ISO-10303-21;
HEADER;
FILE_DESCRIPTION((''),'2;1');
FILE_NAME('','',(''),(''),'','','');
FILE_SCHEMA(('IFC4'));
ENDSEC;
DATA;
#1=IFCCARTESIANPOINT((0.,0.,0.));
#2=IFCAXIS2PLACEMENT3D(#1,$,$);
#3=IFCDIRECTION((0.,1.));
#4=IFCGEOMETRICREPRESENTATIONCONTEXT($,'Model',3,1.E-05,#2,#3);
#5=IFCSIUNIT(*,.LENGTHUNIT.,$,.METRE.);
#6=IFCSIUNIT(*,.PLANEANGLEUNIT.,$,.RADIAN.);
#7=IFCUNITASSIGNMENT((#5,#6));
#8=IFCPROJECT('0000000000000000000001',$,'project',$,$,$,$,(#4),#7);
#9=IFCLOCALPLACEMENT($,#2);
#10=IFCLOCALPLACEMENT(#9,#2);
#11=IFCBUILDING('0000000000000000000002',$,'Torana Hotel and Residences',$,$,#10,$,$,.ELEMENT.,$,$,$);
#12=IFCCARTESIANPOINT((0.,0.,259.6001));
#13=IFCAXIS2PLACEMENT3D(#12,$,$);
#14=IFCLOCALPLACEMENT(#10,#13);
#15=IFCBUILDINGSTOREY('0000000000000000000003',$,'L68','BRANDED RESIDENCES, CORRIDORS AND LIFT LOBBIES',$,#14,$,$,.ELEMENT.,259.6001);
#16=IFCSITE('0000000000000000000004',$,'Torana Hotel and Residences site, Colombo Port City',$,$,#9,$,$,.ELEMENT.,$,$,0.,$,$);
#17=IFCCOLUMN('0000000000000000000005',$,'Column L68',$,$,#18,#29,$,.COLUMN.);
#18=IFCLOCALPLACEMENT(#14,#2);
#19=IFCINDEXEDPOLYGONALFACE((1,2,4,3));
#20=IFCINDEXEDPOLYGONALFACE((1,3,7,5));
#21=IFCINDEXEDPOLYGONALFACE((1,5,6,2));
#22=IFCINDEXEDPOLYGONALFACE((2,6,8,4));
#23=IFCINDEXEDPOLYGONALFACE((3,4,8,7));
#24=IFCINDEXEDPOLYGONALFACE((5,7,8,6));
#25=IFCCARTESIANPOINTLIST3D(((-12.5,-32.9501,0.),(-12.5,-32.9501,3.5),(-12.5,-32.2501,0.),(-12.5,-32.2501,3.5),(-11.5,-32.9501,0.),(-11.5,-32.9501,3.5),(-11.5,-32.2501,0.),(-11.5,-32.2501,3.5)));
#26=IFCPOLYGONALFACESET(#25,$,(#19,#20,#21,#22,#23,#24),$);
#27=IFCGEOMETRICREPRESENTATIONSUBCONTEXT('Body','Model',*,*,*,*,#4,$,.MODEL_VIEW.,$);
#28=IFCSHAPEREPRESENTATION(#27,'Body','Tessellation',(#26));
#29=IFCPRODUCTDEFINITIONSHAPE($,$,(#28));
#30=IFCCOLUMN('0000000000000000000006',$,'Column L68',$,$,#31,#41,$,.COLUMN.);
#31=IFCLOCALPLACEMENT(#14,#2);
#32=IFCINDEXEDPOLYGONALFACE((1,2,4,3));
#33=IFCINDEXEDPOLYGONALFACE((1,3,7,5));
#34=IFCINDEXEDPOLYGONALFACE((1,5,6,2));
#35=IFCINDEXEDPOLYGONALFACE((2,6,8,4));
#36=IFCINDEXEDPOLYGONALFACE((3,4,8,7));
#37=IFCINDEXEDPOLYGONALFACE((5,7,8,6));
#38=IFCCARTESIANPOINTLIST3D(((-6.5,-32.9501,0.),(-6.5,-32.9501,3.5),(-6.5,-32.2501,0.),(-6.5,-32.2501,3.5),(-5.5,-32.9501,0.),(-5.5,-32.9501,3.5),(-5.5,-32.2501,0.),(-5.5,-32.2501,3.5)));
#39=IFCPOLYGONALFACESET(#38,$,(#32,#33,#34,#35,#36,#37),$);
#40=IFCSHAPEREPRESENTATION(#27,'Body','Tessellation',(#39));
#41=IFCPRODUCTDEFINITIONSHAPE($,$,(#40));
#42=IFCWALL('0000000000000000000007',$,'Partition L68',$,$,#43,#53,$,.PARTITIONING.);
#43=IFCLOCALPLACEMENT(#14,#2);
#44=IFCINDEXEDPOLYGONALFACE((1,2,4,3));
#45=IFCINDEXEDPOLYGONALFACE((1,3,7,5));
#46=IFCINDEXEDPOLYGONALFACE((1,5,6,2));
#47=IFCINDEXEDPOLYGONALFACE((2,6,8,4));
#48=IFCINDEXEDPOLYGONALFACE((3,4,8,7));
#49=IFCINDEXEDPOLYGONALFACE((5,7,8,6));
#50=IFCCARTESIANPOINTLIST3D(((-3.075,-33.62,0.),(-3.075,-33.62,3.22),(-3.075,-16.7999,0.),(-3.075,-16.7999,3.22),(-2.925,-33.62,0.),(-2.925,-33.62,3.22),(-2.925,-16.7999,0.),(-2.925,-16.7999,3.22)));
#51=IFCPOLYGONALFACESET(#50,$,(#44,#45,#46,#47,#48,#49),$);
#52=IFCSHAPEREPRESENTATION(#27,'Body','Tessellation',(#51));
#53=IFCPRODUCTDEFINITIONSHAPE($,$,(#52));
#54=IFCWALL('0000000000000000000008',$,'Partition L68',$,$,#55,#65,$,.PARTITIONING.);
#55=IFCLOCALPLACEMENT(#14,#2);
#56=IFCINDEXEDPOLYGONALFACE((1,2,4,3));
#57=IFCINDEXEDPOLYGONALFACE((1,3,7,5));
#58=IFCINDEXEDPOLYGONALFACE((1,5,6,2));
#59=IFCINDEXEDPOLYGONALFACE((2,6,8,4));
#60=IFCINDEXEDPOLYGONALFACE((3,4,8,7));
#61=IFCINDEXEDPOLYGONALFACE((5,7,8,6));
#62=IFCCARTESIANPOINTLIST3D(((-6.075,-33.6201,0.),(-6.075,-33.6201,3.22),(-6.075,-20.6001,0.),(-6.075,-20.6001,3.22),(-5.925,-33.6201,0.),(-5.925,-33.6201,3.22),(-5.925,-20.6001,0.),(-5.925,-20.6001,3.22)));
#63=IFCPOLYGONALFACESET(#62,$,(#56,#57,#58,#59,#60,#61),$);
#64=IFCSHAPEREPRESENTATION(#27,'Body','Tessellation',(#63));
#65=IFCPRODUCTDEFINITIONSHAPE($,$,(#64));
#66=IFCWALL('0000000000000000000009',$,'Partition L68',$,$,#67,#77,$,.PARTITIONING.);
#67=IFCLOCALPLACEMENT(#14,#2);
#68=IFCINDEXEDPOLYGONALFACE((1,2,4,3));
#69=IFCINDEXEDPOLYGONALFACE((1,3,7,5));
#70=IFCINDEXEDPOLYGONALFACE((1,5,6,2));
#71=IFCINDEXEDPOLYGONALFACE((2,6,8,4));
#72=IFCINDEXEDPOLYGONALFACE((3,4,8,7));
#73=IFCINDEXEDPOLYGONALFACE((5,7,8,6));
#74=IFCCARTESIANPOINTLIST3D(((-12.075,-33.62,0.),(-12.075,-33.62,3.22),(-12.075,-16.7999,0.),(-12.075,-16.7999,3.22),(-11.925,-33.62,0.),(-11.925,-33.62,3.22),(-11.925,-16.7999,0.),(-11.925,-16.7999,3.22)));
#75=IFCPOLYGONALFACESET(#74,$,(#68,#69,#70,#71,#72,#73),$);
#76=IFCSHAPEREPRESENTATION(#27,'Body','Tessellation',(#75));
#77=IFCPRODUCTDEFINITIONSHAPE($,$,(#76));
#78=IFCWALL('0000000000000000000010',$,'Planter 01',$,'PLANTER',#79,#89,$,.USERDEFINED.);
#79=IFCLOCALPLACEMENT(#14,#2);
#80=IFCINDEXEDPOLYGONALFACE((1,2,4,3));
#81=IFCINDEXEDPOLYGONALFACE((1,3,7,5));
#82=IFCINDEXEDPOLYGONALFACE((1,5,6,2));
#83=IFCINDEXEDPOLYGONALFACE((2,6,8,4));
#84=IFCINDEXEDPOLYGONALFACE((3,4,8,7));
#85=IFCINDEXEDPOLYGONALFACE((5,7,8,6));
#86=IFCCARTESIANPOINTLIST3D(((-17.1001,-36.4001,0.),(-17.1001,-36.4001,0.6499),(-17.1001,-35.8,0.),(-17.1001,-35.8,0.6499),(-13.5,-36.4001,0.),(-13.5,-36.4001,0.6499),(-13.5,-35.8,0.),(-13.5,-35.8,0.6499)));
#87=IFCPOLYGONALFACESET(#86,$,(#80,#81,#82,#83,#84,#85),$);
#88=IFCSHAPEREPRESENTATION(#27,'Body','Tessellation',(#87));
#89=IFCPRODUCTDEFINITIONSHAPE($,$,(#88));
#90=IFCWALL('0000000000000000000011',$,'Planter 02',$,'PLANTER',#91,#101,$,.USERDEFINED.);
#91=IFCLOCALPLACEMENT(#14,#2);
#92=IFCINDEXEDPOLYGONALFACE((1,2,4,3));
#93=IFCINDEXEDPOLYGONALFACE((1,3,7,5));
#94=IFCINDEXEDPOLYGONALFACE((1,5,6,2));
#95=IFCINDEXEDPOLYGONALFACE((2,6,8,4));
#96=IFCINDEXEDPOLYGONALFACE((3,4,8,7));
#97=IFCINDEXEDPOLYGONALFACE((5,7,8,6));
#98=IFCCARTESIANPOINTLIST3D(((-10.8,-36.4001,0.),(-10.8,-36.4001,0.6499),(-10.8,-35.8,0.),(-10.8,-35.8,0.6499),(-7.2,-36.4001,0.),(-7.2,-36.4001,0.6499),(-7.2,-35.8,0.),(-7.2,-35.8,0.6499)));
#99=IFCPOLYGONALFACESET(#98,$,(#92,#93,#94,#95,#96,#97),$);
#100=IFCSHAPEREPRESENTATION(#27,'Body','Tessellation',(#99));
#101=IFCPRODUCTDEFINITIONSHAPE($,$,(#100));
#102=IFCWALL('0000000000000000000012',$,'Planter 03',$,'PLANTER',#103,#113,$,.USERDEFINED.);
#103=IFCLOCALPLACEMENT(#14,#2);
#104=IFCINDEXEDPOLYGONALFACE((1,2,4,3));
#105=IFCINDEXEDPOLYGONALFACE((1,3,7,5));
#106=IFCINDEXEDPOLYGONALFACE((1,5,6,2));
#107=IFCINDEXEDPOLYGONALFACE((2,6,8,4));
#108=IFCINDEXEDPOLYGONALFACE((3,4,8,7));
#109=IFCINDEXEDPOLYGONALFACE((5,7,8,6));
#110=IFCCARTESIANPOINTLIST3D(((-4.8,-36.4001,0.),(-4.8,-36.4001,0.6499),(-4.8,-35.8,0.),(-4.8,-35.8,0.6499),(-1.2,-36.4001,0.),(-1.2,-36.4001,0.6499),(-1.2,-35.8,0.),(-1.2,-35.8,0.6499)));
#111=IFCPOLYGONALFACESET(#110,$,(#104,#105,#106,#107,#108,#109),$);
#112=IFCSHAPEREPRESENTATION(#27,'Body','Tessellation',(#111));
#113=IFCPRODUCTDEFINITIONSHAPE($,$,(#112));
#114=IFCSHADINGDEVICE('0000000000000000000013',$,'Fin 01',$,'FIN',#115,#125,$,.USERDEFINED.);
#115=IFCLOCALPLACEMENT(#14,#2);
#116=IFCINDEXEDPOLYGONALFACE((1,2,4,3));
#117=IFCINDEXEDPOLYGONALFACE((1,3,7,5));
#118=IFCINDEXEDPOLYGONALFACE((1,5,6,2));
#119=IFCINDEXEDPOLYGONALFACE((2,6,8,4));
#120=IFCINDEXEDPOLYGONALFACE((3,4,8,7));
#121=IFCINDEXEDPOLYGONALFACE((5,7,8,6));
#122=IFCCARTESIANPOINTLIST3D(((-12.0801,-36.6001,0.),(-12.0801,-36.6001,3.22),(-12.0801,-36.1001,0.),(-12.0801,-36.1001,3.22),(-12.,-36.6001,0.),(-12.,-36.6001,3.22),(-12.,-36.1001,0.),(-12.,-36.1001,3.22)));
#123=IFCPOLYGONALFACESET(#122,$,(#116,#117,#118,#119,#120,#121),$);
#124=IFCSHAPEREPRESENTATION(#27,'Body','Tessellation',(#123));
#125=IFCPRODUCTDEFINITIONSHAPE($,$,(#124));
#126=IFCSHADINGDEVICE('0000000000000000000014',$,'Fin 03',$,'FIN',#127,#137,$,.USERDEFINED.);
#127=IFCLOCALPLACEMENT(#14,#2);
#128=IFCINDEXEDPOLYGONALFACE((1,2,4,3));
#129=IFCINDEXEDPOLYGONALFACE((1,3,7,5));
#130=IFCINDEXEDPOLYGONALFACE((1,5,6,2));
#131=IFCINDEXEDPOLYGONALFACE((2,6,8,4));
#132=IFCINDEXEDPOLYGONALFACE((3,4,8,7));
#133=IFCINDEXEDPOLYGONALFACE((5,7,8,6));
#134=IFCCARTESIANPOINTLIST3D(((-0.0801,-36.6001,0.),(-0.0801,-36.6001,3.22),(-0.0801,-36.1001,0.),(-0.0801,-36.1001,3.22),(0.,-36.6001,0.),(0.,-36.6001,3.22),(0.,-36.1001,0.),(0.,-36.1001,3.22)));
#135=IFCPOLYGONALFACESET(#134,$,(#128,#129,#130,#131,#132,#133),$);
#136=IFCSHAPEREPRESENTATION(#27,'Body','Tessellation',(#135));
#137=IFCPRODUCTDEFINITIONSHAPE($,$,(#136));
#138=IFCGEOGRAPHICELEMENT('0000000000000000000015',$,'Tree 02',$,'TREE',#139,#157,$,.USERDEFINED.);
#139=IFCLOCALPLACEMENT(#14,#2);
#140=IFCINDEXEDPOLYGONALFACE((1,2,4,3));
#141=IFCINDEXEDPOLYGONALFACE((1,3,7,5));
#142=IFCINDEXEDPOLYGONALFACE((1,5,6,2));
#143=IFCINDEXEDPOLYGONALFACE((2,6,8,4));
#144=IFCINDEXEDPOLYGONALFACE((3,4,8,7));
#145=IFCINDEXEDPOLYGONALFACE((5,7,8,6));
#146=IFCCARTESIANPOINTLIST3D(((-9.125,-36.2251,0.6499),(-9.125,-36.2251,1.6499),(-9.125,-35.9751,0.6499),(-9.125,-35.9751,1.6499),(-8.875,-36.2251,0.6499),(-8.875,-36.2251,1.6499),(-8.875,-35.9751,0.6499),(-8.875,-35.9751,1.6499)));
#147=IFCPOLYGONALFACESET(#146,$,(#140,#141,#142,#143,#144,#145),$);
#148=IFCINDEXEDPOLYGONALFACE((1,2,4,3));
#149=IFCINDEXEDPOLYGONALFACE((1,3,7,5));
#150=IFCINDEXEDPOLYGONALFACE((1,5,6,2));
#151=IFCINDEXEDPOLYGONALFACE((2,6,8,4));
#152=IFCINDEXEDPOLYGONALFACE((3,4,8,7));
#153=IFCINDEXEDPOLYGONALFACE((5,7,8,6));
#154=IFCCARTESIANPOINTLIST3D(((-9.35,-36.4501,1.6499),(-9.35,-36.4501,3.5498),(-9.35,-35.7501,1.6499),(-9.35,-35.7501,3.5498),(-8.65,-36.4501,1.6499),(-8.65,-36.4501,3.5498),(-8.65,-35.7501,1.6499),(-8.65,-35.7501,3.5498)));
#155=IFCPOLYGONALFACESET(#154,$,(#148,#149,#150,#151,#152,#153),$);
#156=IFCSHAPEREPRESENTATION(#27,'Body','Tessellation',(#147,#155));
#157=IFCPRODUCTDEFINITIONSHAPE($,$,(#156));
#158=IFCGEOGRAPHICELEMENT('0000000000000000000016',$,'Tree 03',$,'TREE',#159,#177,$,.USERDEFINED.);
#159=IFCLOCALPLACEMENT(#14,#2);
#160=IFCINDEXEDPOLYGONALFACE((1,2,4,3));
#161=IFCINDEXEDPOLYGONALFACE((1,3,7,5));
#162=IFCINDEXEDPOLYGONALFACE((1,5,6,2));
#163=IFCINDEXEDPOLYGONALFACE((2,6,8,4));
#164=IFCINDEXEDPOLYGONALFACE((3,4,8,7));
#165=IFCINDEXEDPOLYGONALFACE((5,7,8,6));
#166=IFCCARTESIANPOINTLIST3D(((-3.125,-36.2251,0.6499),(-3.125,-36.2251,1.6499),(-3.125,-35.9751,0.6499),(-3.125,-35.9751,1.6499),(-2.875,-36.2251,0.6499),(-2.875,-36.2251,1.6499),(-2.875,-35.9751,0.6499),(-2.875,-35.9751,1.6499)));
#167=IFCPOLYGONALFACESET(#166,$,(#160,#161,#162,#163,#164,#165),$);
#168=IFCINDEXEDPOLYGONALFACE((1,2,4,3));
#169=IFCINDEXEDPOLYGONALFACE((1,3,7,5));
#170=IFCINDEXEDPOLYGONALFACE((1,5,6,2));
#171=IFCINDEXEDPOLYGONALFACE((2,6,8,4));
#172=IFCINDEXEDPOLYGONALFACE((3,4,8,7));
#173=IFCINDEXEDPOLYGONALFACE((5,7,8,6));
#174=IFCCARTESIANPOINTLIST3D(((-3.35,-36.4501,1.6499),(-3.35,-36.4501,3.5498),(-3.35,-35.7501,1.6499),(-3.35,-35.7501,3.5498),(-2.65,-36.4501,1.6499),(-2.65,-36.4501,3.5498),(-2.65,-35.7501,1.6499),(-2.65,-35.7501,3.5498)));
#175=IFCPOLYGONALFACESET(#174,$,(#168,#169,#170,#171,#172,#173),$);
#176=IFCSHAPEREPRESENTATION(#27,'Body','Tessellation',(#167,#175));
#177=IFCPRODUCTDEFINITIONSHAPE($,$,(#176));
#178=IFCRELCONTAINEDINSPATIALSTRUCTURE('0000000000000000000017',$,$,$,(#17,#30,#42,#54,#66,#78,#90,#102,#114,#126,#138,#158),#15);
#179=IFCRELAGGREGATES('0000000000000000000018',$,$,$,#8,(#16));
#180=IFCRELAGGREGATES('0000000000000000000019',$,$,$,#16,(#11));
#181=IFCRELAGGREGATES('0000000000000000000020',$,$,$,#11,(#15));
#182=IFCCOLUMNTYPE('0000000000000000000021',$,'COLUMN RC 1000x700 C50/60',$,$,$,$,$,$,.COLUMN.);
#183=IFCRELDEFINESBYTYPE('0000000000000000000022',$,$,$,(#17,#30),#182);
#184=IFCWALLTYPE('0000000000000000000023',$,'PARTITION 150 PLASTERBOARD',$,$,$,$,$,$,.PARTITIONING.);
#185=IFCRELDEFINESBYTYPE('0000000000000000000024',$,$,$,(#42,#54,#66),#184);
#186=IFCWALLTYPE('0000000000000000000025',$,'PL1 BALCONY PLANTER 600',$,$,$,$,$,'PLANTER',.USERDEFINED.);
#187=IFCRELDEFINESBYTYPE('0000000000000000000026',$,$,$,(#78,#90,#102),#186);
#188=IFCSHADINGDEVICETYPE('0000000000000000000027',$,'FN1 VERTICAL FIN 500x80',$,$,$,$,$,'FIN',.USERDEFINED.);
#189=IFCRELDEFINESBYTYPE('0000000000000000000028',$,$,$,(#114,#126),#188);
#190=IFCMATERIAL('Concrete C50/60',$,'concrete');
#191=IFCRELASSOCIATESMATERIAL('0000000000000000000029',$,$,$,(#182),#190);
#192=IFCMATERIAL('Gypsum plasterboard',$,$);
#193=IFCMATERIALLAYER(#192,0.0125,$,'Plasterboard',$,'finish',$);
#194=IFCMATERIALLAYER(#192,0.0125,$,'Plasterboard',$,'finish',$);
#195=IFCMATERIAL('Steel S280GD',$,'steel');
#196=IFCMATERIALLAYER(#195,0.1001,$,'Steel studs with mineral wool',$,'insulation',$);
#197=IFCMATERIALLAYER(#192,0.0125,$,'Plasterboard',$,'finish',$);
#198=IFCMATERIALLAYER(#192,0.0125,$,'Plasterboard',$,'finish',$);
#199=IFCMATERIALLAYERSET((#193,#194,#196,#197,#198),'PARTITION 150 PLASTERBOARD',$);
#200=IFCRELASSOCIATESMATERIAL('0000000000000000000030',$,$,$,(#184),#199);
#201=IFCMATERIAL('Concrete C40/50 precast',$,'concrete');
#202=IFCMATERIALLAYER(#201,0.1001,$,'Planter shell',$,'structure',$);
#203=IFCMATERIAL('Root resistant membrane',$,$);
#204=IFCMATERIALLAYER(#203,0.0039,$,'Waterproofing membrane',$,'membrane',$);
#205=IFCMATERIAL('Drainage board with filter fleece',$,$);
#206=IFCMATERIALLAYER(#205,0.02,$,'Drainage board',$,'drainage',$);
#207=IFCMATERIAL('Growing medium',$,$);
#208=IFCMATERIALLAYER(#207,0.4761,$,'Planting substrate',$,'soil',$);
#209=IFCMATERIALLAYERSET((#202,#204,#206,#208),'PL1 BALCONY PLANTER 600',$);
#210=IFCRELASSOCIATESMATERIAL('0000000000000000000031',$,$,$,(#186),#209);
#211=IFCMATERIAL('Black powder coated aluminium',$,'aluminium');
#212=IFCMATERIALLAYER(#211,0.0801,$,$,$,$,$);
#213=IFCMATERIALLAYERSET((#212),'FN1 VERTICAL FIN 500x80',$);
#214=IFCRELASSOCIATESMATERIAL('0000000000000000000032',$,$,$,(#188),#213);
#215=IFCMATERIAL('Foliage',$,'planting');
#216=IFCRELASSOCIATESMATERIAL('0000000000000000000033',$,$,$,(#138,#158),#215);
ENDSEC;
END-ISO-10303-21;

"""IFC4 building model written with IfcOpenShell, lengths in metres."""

from ifc_helpers import new_model, si_unit, direction, frame, frame_2d, origin, origin_2d, place, context, subcontext, project, spatial, rectangle, extrude, material, layer, layer_set, material_profile, profile_set, type_object, element, save


model = new_model("IFC4")

# Units and contexts
model_context = context("Model", 3, precision=1e-05, world=origin(), true_north=direction((0.0, 1.0)))
body_context = subcontext(model_context, "Body", "Model", "MODEL_VIEW")
ifc_project = project(units=[si_unit("LENGTHUNIT", "METRE"), si_unit("PLANEANGLEUNIT", "RADIAN")], contexts=[model_context])

# Site, building, storey
site_placement = place(None, origin())
site = spatial("IfcSite", under=ifc_project, at=site_placement, Name="Torana Hotel and Residences site, Colombo Port City", CompositionType="ELEMENT", RefElevation=0.0)
building_placement = place(site_placement, origin())
building = spatial("IfcBuilding", under=site, at=building_placement, Name="Torana Hotel and Residences", CompositionType="ELEMENT")
storey_placement = place(building_placement, frame((0.0, 0.0, 259.6001)))
storey = spatial("IfcBuildingStorey", under=building, at=storey_placement, Name="L68", Description="BRANDED RESIDENCES, CORRIDORS AND LIFT LOBBIES", CompositionType="ELEMENT", Elevation=259.6001)

# Columns
ifc_material_1 = material(Name="Concrete C50/60", Category="concrete")
ifc_material_profile = material_profile(ifc_material_1, rectangle(XDim=1.0, YDim=0.7, at=origin_2d()), Name="RC 1000x700")
ifc_profile_set = profile_set([ifc_material_profile], Name="Concrete C50/60")
column_type = type_object("IfcColumnType", Name="COLUMN RC 1000x700 C50/60", PredefinedType="COLUMN", material=ifc_profile_set)
for number, where, z_axis, x_axis, name in (
    (1, (-12.0, -32.6001, 0.0), (0.0, 0.0, 1.0), (1.0, 0.0, 0.0), "Column L68"),
    (2, (-6.0, -32.6001, 0.0), (0.0, 0.0, 1.0), (1.0, 0.0, 0.0), "Column L68"),
):
    element("IfcColumn", number, at=place(storey_placement, frame(where, z_axis=z_axis, x_axis=x_axis)), inside=storey, type_object=column_type, Name=name, PredefinedType="COLUMN", context=body_context, shape_type="SweptSolid", body=[
        extrude(rectangle(XDim=1.0, YDim=0.7, at=origin_2d()), origin(), (0.0, 0.0, 1.0), 3.5),
    ])

# Walls
ifc_material_2 = material(Name="Gypsum plasterboard")
ifc_layer_1 = layer(ifc_material_2, 0.0125, Name="Plasterboard", Category="finish")
ifc_layer_2 = layer(ifc_material_2, 0.0125, Name="Plasterboard", Category="finish")
ifc_material_3 = material(Name="Steel S280GD", Category="steel")
ifc_layer_3 = layer(ifc_material_3, 0.1001, Name="Steel studs with mineral wool", Category="insulation")
ifc_layer_4 = layer(ifc_material_2, 0.0125, Name="Plasterboard", Category="finish")
ifc_layer_5 = layer(ifc_material_2, 0.0125, Name="Plasterboard", Category="finish")
ifc_layer_set_1 = layer_set([ifc_layer_1, ifc_layer_2, ifc_layer_3, ifc_layer_4, ifc_layer_5], Name="PARTITION 150 PLASTERBOARD")
wall_type_1 = type_object("IfcWallType", Name="PARTITION 150 PLASTERBOARD", PredefinedType="PARTITIONING", material=ifc_layer_set_1)
wall_1_placement = place(storey_placement, frame((-3.0, -33.6201, 0.0), z_axis=(0.0, 0.0, 1.0), x_axis=(0.0, 1.0, 0.0)))
element("IfcWall", 3, at=wall_1_placement, inside=storey, type_object=wall_type_1, Name="Partition L68", PredefinedType="PARTITIONING", context=body_context, shape_type="SweptSolid", body=[
    extrude(rectangle(XDim=16.8201, YDim=0.1499, at=frame_2d((8.4102, 0.0))), origin(), (0.0, 0.0, 1.0), 3.22),
])
wall_2_placement = place(storey_placement, frame((-6.0, -33.6201, 0.0), z_axis=(0.0, 0.0, 1.0), x_axis=(0.0, 1.0, 0.0)))
element("IfcWall", 4, at=wall_2_placement, inside=storey, type_object=wall_type_1, Name="Partition L68", PredefinedType="PARTITIONING", context=body_context, shape_type="SweptSolid", body=[
    extrude(rectangle(XDim=13.02, YDim=0.1499, at=frame_2d((6.51, 0.0))), origin(), (0.0, 0.0, 1.0), 3.22),
])
wall_3_placement = place(storey_placement, frame((-12.0, -33.6201, 0.0), z_axis=(0.0, 0.0, 1.0), x_axis=(0.0, 1.0, 0.0)))
element("IfcWall", 5, at=wall_3_placement, inside=storey, type_object=wall_type_1, Name="Partition L68", PredefinedType="PARTITIONING", context=body_context, shape_type="SweptSolid", body=[
    extrude(rectangle(XDim=16.8201, YDim=0.1499, at=frame_2d((8.4102, 0.0))), origin(), (0.0, 0.0, 1.0), 3.22),
])
ifc_material_4 = material(Name="Concrete C40/50 precast", Category="concrete")
ifc_layer_6 = layer(ifc_material_4, 0.1001, Name="Planter shell", Category="structure")
ifc_material_5 = material(Name="Root resistant membrane")
ifc_layer_7 = layer(ifc_material_5, 0.0039, Name="Waterproofing membrane", Category="membrane")
ifc_material_6 = material(Name="Drainage board with filter fleece")
ifc_layer_8 = layer(ifc_material_6, 0.02, Name="Drainage board", Category="drainage")
ifc_material_7 = material(Name="Growing medium")
ifc_layer_9 = layer(ifc_material_7, 0.4761, Name="Planting substrate", Category="soil")
ifc_layer_set_2 = layer_set([ifc_layer_6, ifc_layer_7, ifc_layer_8, ifc_layer_9], Name="PL1 BALCONY PLANTER 600")
wall_type_2 = type_object("IfcWallType", Name="PL1 BALCONY PLANTER 600", ElementType="PLANTER", PredefinedType="USERDEFINED", material=ifc_layer_set_2)
for number, where, z_axis, x_axis, name in (
    (6, (-13.5, -36.1001, 0.0), (0.0, 0.0, 1.0), (-1.0, 0.0, 0.0), "Planter 01"),
    (7, (-7.2, -36.1001, 0.0), (0.0, 0.0, 1.0), (-1.0, 0.0, 0.0), "Planter 02"),
    (8, (-1.2, -36.1001, 0.0), (0.0, 0.0, 1.0), (-1.0, 0.0, 0.0), "Planter 03"),
):
    element("IfcWall", number, at=place(storey_placement, frame(where, z_axis=z_axis, x_axis=x_axis)), inside=storey, type_object=wall_type_2, Name=name, ObjectType="PLANTER", PredefinedType="USERDEFINED", context=body_context, shape_type="SweptSolid", body=[
        extrude(rectangle(XDim=3.6001, YDim=0.6001, at=frame_2d((1.8, 0.0))), origin(), (0.0, 0.0, 1.0), 0.6499),
    ])

# Shading devices
ifc_material_8 = material(Name="Black powder coated aluminium", Category="aluminium")
ifc_layer_10 = layer(ifc_material_8, 0.0801)
ifc_layer_set_3 = layer_set([ifc_layer_10], Name="FN1 VERTICAL FIN 500x80")
shading_device_type = type_object("IfcShadingDeviceType", Name="FN1 VERTICAL FIN 500x80", ElementType="FIN", PredefinedType="USERDEFINED", material=ifc_layer_set_3)
for number, where, z_axis, x_axis, name in (
    (9, (-12.04, -36.3501, 0.0), (0.0, 0.0, 1.0), (-1.0, 0.0, 0.0), "Fin 01"),
    (10, (-0.04, -36.3501, 0.0), (0.0, 0.0, 1.0), (-1.0, 0.0, 0.0), "Fin 03"),
):
    element("IfcShadingDevice", number, at=place(storey_placement, frame(where, z_axis=z_axis, x_axis=x_axis)), inside=storey, type_object=shading_device_type, Name=name, ObjectType="FIN", PredefinedType="USERDEFINED", context=body_context, shape_type="SweptSolid", body=[
        extrude(rectangle(XDim=0.0801, YDim=0.5, at=origin_2d()), origin(), (0.0, 0.0, 1.0), 3.22),
    ])

# Geographic elements
ifc_material_9 = material(Name="Foliage", Category="planting")
for number, where, z_axis, x_axis, name in (
    (11, (-9.0, -36.1001, 0.6499), (0.0, 0.0, 1.0), (1.0, 0.0, 0.0), "Tree 02"),
    (12, (-3.0, -36.1001, 0.6499), (0.0, 0.0, 1.0), (1.0, 0.0, 0.0), "Tree 03"),
):
    element("IfcGeographicElement", number, at=place(storey_placement, frame(where, z_axis=z_axis, x_axis=x_axis)), inside=storey, material=ifc_material_9, Name=name, ObjectType="TREE", PredefinedType="USERDEFINED", context=body_context, shape_type="SweptSolid", body=[
        extrude(rectangle(XDim=0.25, YDim=0.25, at=origin_2d()), origin(), (0.0, 0.0, 1.0), 1.0),
        extrude(rectangle(XDim=0.7, YDim=0.7, at=origin_2d()), frame((0.0, 0.0, 1.0)), (0.0, 0.0, 1.0), 1.8999),
    ])

save(model, "model.ifc")
